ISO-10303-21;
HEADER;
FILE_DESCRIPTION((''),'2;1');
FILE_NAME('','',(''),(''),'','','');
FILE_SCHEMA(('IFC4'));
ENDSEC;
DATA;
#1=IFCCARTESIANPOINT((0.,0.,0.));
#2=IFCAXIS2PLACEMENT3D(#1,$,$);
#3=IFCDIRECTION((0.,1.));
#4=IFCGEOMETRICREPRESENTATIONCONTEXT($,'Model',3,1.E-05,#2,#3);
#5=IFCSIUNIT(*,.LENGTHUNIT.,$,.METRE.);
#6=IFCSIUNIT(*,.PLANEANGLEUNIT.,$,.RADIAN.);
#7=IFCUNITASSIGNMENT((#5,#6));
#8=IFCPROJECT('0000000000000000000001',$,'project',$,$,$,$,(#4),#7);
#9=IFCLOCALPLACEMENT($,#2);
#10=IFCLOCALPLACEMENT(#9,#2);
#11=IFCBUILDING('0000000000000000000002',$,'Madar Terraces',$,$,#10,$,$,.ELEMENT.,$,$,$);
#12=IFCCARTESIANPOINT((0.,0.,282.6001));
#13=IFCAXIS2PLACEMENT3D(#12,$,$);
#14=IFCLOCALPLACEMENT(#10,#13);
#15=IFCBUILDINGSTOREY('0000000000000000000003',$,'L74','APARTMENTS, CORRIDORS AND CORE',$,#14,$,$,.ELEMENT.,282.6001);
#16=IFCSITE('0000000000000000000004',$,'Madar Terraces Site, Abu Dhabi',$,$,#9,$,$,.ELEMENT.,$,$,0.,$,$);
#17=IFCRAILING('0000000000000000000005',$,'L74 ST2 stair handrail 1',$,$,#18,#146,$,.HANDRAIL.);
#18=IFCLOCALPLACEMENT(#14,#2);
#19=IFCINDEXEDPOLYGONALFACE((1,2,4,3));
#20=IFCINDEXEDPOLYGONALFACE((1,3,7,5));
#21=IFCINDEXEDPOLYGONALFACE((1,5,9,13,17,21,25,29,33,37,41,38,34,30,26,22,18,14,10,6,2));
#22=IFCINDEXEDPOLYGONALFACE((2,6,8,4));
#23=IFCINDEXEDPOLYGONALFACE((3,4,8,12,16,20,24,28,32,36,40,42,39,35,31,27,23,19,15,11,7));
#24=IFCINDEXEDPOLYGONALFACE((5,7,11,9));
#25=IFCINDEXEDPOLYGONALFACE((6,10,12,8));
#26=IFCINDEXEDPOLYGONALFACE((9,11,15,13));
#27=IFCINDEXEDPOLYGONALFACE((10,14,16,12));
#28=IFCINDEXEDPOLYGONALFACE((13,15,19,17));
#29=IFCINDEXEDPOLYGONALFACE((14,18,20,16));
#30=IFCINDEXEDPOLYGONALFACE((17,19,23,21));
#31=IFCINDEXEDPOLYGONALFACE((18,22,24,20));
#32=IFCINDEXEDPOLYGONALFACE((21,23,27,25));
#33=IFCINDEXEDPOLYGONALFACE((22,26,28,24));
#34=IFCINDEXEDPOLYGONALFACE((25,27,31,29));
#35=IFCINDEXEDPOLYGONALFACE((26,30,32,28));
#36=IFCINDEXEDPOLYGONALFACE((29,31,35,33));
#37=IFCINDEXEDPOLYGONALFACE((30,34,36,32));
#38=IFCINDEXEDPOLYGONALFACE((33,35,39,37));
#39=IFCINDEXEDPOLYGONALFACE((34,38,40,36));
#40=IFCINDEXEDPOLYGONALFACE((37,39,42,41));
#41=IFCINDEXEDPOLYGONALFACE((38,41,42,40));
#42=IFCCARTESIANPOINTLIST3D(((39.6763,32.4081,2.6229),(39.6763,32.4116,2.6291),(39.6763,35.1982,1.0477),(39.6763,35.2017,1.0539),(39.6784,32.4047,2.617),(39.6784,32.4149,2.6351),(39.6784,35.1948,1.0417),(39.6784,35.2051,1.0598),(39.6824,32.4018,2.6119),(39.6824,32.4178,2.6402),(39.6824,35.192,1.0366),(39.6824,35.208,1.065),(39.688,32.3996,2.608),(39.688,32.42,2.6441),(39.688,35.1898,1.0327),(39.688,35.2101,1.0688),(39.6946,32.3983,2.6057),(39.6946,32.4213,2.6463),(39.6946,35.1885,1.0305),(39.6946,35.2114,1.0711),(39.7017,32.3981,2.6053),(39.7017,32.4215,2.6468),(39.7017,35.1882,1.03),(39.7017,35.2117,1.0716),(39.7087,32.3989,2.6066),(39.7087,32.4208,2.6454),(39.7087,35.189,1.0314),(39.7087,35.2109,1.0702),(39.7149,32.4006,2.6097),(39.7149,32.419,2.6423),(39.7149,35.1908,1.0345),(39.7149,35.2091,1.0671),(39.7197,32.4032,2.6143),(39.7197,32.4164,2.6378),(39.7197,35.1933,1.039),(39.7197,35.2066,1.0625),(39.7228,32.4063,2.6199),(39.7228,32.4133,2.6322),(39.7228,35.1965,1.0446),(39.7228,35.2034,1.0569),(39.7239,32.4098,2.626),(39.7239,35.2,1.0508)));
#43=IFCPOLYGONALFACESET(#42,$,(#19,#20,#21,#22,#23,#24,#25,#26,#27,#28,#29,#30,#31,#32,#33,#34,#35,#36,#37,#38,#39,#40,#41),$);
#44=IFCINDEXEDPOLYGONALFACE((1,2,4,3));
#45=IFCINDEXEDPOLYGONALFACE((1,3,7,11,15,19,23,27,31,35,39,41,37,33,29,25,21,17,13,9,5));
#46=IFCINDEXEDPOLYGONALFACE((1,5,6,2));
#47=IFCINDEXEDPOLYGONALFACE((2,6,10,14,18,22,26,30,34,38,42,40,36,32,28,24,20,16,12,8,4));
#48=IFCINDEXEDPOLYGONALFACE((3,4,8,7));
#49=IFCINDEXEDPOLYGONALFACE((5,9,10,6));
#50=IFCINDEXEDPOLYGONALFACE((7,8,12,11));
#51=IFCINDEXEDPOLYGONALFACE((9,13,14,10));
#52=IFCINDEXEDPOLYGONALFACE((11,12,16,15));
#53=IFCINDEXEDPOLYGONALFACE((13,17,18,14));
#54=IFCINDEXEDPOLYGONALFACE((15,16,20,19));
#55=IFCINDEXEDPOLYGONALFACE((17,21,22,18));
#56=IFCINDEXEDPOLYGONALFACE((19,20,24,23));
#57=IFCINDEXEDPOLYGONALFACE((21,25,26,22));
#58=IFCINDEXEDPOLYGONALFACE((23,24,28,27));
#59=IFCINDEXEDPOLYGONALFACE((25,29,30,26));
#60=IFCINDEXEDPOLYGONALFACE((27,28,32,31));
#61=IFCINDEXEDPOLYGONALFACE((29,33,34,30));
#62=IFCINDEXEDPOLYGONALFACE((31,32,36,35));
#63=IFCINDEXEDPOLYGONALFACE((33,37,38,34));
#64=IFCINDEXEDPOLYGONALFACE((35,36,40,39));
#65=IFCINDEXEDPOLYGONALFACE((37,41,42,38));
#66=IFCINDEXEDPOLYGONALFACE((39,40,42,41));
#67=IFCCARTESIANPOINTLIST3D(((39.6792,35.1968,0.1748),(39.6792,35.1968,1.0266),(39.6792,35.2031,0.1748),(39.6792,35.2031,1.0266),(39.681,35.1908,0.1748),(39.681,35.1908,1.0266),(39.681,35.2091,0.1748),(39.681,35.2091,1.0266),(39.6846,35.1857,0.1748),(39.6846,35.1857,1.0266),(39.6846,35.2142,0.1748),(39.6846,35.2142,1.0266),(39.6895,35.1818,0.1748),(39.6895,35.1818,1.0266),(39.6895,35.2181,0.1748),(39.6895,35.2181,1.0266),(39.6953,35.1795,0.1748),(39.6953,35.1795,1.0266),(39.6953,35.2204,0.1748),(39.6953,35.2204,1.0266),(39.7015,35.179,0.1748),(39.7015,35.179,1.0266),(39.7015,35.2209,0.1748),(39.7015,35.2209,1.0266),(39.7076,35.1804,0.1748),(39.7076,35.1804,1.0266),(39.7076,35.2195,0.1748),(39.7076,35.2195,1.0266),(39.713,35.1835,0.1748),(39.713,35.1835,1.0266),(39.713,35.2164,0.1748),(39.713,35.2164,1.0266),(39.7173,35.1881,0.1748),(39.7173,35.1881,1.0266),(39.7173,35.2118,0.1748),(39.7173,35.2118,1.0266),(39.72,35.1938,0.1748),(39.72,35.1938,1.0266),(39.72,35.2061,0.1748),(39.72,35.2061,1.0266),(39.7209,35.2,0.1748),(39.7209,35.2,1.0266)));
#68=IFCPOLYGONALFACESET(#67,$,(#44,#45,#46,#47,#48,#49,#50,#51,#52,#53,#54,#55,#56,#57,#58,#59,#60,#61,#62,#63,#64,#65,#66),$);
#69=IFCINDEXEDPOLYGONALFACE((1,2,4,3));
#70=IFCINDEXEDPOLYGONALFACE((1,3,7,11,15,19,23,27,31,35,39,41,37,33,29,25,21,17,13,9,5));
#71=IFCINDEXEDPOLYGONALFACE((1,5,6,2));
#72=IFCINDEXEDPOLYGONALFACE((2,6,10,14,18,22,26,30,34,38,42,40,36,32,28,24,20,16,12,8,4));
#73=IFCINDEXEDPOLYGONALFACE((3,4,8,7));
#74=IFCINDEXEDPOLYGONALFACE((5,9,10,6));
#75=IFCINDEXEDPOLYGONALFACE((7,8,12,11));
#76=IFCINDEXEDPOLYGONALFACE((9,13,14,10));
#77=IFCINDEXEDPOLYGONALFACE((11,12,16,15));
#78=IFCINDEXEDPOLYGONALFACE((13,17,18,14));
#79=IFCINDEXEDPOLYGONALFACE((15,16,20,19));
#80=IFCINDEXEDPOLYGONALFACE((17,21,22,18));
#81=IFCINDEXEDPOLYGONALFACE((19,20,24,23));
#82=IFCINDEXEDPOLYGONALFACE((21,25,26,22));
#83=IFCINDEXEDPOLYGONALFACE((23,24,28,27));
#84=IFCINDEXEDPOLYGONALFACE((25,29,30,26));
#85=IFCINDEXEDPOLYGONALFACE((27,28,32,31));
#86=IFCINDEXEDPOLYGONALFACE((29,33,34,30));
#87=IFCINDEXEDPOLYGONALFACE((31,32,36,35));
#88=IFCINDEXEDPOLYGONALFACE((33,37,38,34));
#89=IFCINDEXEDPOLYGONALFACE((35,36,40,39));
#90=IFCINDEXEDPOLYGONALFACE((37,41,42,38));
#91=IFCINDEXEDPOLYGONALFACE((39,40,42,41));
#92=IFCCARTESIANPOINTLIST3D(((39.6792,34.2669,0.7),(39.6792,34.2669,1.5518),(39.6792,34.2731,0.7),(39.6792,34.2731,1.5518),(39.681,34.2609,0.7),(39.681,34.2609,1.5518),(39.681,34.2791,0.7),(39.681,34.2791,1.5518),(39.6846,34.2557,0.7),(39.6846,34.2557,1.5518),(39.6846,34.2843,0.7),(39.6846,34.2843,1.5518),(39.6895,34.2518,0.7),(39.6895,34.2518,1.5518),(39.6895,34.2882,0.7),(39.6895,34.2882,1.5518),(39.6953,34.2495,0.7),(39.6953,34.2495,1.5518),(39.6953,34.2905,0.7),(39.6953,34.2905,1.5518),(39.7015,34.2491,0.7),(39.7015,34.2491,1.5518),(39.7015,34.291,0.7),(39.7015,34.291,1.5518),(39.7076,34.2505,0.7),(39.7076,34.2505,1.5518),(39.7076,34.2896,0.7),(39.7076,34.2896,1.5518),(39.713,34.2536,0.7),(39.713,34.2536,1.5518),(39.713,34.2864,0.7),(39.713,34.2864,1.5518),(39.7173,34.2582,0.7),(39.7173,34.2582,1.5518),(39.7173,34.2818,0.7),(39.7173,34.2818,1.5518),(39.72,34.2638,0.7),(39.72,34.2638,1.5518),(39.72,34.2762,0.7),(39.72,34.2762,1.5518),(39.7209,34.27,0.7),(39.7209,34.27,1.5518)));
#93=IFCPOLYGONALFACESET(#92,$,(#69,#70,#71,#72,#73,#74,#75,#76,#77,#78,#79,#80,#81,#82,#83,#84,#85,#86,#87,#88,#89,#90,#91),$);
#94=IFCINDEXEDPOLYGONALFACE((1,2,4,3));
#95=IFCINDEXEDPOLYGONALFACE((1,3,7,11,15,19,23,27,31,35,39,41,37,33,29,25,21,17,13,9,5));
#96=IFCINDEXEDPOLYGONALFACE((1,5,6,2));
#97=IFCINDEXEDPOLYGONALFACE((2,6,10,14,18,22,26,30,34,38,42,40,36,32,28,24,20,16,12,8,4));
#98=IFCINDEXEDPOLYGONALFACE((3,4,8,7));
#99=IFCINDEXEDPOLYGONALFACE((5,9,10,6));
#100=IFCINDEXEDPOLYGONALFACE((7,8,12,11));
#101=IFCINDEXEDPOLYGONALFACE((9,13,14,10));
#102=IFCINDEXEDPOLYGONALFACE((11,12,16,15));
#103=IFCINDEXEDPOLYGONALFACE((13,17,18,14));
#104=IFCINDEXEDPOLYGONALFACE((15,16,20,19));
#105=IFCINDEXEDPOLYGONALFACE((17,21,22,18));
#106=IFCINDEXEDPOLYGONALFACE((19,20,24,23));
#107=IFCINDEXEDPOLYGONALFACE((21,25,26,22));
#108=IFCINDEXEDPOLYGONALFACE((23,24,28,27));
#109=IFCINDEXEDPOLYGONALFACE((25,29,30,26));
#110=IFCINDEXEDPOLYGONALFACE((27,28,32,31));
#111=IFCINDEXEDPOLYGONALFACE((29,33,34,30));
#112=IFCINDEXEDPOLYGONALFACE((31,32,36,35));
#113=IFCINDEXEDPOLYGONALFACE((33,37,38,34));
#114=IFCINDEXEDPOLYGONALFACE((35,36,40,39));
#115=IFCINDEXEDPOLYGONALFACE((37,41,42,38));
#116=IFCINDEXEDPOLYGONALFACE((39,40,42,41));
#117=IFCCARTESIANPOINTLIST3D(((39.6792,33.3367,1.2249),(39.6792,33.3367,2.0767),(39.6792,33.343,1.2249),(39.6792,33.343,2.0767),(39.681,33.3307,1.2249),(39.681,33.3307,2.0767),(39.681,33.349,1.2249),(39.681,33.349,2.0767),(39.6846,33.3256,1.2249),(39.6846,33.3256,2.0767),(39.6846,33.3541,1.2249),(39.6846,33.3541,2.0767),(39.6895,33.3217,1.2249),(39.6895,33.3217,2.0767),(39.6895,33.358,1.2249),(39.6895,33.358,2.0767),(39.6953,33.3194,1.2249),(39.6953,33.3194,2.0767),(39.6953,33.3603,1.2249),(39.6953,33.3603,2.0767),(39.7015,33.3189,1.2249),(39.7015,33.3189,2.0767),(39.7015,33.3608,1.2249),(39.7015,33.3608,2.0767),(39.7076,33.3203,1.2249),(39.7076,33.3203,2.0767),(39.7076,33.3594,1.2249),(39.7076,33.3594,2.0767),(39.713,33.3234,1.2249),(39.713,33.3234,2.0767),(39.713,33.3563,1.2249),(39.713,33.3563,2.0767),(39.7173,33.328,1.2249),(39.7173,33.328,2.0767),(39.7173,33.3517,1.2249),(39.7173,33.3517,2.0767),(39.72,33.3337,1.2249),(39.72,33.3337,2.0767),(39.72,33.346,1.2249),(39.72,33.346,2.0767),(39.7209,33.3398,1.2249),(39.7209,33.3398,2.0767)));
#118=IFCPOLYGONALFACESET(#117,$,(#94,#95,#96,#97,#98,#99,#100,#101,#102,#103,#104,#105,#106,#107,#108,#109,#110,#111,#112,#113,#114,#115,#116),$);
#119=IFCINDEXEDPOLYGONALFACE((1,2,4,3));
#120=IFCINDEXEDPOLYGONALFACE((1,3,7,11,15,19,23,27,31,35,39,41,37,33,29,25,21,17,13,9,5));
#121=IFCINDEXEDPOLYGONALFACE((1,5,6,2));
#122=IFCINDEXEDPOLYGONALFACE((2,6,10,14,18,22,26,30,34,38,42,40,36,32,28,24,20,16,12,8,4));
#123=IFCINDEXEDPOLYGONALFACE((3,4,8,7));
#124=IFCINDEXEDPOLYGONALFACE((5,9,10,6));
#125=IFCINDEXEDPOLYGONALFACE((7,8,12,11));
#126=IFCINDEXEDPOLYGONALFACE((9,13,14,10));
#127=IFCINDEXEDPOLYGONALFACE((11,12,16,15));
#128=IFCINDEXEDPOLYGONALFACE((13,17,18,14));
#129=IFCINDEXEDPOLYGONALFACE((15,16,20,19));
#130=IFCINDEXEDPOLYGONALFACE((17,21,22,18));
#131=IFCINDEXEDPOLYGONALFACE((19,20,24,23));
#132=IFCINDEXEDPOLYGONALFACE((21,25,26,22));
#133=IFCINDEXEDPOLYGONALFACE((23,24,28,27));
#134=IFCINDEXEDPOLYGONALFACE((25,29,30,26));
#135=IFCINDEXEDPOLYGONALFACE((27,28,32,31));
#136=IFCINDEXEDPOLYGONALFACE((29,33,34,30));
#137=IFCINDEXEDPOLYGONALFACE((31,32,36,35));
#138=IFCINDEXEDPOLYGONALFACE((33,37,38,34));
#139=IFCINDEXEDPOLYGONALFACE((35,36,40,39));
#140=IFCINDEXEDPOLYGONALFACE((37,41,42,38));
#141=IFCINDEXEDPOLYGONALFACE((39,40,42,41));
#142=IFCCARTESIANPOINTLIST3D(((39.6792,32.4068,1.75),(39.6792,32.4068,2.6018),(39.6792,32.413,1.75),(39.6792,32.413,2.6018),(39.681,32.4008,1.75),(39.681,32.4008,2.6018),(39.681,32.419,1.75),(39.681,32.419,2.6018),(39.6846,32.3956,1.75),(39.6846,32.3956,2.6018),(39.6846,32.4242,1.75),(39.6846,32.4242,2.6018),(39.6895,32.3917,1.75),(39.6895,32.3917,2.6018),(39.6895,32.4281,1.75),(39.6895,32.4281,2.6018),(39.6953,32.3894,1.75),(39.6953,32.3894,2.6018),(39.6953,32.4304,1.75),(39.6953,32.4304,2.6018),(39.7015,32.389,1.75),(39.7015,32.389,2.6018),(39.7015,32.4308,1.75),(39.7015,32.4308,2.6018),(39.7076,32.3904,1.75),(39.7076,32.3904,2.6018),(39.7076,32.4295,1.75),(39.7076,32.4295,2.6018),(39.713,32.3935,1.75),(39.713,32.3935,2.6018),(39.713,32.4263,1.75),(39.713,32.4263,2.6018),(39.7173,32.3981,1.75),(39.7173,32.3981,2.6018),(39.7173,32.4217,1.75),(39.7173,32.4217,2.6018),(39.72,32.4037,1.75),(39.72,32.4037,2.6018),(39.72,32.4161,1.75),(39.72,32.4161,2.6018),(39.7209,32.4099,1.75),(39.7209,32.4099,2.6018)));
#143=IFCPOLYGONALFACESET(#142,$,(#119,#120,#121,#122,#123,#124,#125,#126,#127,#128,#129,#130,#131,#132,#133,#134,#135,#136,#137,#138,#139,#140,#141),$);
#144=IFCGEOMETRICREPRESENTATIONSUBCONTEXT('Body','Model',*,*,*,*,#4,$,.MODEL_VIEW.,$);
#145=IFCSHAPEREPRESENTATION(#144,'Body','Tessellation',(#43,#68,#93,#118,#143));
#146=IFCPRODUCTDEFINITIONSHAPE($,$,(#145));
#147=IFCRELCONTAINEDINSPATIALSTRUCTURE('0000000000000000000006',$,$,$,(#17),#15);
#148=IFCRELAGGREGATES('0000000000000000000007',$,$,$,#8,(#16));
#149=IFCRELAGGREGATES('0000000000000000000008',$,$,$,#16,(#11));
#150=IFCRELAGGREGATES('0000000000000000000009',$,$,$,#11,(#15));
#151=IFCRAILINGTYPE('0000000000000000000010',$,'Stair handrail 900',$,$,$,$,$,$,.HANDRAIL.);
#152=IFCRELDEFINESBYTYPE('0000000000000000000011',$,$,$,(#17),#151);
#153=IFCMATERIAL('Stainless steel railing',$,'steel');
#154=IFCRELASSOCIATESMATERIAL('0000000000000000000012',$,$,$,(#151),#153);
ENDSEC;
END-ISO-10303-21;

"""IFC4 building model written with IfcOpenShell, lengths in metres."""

from ifc_helpers import new_model, si_unit, direction, frame, origin, origin_2d, place, context, subcontext, project, spatial, circle, extrude, material, type_object, element, save


model = new_model("IFC4")

# Units and contexts
model_context = context("Model", 3, precision=1e-05, world=origin(), true_north=direction((0.0, 1.0)))
body_context = subcontext(model_context, "Body", "Model", "MODEL_VIEW")
ifc_project = project(units=[si_unit("LENGTHUNIT", "METRE"), si_unit("PLANEANGLEUNIT", "RADIAN")], contexts=[model_context])

# Site, building, storey
site_placement = place(None, origin())
site = spatial("IfcSite", under=ifc_project, at=site_placement, Name="Madar Terraces Site, Abu Dhabi", CompositionType="ELEMENT", RefElevation=0.0)
building_placement = place(site_placement, origin())
building = spatial("IfcBuilding", under=site, at=building_placement, Name="Madar Terraces", CompositionType="ELEMENT")
storey_placement = place(building_placement, frame((0.0, 0.0, 282.6001)))
storey = spatial("IfcBuildingStorey", under=building, at=storey_placement, Name="L74", Description="APARTMENTS, CORRIDORS AND CORE", CompositionType="ELEMENT", Elevation=282.6001)

# Railing
ifc_material_1 = material(Name="Stainless steel railing", Category="steel")
railing_type_1 = type_object("IfcRailingType", Name="Stair handrail 900", PredefinedType="HANDRAIL", material=ifc_material_1)
railing_1_placement = place(storey_placement, frame((39.7, 35.2, 0.1748)))
element("IfcRailing", 1, at=railing_1_placement, inside=storey, type_object=railing_type_1, Name="L74 ST2 stair handrail 1", PredefinedType="HANDRAIL", context=body_context, shape_type="SweptSolid", body=[
    extrude(circle(Radius=0.0239, at=origin_2d()), frame((0.0, 0.0, 0.876), z_axis=(0.0, -0.870801, 0.491635), x_axis=(1.0, 0.0, 0.0)), (0.0, 0.0, 1.0), 3.2041),
    extrude(circle(Radius=0.021, at=origin_2d()), origin(), (0.0, 0.0, 1.0), 0.8518),
    extrude(circle(Radius=0.021, at=origin_2d()), frame((0.0, -0.9299, 0.5251)), (0.0, 0.0, 1.0), 0.8518),
    extrude(circle(Radius=0.021, at=origin_2d()), frame((0.0, -1.8601, 1.05)), (0.0, 0.0, 1.0), 0.8518),
    extrude(circle(Radius=0.021, at=origin_2d()), frame((0.0, -2.79, 1.5752)), (0.0, 0.0, 1.0), 0.8518),
])

save(model, "model.ifc")
